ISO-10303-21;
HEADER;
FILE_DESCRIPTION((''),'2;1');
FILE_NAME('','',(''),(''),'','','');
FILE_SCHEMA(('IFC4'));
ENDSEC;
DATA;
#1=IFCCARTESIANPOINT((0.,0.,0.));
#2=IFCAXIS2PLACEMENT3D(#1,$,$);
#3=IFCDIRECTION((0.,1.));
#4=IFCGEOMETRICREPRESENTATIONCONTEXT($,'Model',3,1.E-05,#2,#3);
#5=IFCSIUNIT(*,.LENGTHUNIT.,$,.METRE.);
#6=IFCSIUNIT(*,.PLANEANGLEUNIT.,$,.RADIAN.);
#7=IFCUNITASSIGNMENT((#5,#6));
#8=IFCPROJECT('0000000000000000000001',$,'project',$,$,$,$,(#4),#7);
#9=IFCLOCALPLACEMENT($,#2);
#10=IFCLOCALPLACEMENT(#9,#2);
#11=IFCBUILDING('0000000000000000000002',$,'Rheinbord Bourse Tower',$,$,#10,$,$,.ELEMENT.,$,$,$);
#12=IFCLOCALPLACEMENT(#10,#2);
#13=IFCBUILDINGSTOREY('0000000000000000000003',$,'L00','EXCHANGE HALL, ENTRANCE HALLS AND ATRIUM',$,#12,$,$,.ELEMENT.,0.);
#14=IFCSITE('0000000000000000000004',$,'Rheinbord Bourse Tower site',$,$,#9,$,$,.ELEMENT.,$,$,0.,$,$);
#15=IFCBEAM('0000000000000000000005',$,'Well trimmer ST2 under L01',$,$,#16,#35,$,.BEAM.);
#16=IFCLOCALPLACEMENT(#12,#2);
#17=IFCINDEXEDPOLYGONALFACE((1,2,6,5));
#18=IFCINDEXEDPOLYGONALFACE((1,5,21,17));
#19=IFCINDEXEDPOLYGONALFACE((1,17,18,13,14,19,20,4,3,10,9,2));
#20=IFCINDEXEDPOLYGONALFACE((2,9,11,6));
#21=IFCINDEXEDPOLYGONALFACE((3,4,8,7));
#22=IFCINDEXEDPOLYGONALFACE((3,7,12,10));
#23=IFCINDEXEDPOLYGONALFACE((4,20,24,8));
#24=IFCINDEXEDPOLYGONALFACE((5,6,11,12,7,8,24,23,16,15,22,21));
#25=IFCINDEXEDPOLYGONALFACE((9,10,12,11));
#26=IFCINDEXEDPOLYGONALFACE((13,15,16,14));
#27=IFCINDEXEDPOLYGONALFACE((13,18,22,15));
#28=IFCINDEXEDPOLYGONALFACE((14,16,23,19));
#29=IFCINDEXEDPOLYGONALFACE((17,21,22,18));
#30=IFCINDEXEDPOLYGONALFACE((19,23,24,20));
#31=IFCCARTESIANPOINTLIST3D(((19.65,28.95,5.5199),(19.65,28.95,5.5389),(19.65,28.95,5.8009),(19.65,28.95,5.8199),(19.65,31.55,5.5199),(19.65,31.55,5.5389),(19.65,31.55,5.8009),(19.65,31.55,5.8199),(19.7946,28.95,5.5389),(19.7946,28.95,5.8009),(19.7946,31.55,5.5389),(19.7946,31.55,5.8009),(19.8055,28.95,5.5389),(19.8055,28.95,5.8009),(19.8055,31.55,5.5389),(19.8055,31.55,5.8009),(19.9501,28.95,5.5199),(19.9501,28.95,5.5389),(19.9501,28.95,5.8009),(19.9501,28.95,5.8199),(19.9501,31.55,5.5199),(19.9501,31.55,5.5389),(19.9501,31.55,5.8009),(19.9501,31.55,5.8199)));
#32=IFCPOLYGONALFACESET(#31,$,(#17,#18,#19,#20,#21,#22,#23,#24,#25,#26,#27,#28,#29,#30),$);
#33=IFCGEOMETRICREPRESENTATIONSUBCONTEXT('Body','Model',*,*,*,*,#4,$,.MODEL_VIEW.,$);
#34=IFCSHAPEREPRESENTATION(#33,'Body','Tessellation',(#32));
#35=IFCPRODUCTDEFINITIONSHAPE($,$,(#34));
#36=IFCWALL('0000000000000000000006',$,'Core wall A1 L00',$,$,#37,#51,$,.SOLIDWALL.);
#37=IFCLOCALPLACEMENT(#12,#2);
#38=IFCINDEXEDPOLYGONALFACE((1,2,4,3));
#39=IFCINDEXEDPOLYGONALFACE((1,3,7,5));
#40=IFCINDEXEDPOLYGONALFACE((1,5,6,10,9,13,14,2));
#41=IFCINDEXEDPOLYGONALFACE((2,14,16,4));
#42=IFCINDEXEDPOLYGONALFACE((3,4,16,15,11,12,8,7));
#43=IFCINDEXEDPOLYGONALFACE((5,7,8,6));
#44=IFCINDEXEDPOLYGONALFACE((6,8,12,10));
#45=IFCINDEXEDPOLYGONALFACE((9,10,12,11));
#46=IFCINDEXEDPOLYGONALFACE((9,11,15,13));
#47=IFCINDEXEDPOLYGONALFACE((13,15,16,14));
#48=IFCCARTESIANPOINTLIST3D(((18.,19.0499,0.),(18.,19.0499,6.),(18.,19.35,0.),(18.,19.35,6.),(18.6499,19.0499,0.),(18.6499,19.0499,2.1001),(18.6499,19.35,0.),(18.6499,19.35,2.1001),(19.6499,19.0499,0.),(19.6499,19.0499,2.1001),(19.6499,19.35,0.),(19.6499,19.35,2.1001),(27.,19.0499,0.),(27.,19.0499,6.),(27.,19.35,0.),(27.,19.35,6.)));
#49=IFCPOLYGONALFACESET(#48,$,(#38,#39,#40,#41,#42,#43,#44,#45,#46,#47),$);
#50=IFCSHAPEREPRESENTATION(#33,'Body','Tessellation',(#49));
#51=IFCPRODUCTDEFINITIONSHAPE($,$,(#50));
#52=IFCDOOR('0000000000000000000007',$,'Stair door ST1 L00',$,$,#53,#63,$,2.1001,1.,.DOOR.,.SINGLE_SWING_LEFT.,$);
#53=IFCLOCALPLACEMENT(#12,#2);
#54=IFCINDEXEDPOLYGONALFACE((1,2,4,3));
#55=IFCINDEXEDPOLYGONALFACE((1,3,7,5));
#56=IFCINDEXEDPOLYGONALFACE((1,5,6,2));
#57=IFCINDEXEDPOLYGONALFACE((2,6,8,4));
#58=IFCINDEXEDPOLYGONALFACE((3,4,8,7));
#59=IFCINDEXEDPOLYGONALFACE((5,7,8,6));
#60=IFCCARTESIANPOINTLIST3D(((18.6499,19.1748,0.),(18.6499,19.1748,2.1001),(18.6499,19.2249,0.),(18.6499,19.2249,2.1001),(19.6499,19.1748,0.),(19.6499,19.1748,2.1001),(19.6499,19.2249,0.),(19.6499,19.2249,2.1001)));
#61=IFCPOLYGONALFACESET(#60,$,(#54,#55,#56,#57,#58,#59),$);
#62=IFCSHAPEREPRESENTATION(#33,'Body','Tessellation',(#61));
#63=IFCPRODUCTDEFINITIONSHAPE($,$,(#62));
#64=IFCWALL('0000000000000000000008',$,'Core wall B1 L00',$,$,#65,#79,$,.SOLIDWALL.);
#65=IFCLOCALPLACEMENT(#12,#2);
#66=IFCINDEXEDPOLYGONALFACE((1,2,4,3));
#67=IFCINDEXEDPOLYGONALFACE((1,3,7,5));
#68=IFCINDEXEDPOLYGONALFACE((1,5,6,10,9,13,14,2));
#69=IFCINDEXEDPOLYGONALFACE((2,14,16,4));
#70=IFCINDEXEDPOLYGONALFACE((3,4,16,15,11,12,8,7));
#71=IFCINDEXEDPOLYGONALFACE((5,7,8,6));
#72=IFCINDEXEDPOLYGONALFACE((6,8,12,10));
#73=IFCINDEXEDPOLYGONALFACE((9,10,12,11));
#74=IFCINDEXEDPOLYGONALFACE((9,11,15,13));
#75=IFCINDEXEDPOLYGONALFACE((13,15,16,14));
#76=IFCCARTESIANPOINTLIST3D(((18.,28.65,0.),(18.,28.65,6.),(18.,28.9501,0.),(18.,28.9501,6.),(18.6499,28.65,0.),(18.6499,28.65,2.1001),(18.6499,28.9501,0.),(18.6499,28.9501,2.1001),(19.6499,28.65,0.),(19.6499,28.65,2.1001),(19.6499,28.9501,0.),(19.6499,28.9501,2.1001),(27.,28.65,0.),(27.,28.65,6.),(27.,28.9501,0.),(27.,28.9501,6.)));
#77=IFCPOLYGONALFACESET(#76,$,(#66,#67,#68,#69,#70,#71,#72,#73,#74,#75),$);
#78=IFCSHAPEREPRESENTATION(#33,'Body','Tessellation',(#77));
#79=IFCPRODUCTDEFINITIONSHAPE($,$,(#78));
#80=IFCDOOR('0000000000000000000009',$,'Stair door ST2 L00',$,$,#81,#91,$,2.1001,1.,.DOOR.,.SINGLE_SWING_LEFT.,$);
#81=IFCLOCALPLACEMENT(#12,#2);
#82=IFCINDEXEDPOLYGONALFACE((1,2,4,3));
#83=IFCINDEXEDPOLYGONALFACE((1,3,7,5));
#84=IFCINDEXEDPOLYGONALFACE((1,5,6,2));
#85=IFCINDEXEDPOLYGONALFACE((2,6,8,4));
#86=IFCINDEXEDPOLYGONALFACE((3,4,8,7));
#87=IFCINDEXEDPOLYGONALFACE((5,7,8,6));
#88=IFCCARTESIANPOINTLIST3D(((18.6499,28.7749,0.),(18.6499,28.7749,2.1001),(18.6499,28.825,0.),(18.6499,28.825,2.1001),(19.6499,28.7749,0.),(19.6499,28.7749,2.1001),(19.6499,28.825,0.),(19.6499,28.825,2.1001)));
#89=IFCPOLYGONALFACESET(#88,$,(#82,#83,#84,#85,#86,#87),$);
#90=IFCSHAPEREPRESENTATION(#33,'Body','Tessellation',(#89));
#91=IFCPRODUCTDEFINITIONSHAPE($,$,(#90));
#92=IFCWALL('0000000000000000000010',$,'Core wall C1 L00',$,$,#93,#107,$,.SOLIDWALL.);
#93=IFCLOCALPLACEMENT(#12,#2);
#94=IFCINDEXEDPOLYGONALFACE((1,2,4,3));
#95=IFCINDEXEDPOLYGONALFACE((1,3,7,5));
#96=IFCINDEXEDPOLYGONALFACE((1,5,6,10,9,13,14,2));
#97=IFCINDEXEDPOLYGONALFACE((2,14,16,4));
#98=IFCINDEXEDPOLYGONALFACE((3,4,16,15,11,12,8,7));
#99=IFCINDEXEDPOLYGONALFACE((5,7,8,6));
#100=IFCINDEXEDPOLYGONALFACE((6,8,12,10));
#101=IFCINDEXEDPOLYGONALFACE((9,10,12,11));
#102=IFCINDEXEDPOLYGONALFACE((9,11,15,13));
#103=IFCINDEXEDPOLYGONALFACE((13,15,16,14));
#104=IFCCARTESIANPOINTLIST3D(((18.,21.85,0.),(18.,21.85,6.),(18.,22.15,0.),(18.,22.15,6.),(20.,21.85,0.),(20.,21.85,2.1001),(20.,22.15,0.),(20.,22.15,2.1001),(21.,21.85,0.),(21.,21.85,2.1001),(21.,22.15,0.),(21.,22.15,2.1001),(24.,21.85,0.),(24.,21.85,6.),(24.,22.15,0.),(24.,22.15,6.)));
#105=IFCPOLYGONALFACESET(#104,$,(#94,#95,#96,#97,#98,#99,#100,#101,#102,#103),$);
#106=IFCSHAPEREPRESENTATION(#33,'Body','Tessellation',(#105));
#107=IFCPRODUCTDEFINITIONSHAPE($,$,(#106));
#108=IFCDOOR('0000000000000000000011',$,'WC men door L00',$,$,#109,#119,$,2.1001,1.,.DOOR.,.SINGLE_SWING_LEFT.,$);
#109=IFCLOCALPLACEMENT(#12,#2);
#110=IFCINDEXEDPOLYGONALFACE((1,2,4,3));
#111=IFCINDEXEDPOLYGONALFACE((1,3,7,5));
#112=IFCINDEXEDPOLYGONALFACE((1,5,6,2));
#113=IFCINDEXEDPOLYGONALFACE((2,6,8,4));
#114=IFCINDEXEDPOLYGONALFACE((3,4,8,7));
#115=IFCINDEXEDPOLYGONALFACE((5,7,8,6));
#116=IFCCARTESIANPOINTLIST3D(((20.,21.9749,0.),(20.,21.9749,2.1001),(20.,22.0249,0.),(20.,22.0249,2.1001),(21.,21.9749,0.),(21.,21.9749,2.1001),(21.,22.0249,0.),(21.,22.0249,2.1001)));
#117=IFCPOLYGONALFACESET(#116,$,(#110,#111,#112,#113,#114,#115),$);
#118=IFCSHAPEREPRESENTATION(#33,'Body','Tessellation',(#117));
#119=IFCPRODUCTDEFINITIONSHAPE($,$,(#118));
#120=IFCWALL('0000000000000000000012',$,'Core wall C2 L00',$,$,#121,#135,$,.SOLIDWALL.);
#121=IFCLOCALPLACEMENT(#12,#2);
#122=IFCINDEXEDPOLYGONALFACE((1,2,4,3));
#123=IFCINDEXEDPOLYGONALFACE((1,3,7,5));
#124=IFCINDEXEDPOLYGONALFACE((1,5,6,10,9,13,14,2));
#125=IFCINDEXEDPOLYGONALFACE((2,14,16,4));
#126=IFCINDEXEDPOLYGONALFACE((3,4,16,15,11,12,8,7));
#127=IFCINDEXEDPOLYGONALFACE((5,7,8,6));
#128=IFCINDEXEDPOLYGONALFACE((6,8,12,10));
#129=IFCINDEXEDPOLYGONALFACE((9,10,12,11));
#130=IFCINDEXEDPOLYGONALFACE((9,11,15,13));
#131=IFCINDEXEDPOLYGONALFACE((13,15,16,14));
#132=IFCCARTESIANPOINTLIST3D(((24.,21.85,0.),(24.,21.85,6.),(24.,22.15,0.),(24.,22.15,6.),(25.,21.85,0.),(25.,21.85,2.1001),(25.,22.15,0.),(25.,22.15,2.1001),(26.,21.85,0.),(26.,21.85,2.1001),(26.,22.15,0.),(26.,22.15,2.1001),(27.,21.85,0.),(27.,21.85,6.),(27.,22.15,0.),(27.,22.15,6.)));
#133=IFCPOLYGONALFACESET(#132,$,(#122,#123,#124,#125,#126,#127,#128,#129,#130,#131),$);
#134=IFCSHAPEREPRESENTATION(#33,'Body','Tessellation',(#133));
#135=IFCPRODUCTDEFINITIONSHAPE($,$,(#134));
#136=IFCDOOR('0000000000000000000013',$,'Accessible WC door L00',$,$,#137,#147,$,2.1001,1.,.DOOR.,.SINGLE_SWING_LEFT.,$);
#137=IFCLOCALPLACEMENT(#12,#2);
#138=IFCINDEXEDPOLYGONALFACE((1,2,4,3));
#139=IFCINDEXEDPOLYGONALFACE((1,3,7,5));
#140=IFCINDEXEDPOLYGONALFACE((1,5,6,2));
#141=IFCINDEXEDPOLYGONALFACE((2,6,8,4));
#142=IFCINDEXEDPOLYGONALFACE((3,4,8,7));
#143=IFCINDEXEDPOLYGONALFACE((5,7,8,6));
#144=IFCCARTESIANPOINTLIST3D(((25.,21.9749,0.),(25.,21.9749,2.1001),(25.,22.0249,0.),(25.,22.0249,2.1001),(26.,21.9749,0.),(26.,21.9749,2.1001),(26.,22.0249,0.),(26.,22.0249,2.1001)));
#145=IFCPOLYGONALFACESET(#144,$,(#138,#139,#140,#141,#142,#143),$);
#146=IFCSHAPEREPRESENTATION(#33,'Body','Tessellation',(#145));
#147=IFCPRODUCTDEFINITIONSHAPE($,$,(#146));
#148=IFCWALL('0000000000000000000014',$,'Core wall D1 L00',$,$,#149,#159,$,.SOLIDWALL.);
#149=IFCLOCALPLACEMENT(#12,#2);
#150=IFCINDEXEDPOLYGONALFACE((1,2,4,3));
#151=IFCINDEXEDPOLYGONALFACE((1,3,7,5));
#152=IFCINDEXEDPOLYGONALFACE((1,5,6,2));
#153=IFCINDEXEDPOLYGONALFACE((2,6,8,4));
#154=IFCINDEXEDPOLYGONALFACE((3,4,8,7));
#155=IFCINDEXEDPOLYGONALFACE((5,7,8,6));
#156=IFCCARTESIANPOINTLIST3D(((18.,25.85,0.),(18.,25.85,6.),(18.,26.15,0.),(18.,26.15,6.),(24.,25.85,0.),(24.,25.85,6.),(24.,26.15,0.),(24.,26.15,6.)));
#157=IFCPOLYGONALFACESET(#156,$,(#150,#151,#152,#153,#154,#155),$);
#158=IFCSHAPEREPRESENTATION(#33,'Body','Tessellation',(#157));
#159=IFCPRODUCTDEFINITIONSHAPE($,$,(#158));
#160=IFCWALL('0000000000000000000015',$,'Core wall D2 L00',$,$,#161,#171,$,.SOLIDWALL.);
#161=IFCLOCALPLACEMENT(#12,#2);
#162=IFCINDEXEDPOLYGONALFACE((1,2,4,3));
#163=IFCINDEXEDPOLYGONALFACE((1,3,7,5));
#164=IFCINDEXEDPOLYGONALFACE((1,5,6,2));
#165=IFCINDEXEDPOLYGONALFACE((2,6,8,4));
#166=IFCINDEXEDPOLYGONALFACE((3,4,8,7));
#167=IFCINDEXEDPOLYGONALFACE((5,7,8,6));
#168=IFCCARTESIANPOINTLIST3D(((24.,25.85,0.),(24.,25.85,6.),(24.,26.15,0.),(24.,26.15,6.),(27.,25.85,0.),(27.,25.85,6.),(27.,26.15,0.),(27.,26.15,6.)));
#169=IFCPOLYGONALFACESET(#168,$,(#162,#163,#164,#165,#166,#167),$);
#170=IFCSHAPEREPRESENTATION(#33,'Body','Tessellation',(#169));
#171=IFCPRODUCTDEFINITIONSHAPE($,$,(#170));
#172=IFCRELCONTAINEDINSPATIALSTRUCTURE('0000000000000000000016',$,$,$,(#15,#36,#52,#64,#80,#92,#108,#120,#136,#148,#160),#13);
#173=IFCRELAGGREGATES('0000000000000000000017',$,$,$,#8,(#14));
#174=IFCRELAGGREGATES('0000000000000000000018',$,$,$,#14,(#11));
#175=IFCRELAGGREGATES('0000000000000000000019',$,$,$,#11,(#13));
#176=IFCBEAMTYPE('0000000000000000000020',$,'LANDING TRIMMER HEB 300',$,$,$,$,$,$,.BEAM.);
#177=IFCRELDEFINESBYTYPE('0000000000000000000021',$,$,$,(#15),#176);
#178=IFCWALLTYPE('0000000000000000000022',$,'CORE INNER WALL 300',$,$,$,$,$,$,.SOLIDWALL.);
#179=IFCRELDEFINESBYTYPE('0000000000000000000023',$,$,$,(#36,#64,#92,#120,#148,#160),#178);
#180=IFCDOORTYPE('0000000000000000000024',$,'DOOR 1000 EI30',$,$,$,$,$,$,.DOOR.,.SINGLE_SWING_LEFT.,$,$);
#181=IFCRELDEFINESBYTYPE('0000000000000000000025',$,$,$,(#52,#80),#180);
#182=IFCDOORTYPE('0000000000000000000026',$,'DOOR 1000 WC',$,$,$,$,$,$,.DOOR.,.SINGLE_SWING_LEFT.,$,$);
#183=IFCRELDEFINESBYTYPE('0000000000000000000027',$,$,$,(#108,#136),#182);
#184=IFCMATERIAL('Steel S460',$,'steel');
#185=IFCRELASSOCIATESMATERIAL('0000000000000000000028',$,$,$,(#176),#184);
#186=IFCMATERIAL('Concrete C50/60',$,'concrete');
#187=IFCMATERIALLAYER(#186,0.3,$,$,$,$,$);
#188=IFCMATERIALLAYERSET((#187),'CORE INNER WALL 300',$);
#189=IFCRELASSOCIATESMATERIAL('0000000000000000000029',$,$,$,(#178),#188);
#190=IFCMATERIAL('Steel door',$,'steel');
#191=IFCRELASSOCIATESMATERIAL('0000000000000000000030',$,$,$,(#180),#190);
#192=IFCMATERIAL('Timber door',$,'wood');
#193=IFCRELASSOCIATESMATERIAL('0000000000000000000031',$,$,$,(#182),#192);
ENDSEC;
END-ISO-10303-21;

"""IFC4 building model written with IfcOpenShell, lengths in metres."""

from ifc_helpers import new_model, si_unit, direction, frame, frame_2d, origin, origin_2d, place, context, subcontext, project, spatial, rectangle, i_section, extrude, material, layer, layer_set, material_profile, profile_set, type_object, element, fill, save


model = new_model("IFC4")

# Units and contexts
model_context = context("Model", 3, precision=1e-05, world=origin(), true_north=direction((0.0, 1.0)))
body_context = subcontext(model_context, "Body", "Model", "MODEL_VIEW")
ifc_project = project(units=[si_unit("LENGTHUNIT", "METRE"), si_unit("PLANEANGLEUNIT", "RADIAN")], contexts=[model_context])

# Site, building, storey
site_placement = place(None, origin())
site = spatial("IfcSite", under=ifc_project, at=site_placement, Name="Rheinbord Bourse Tower site", CompositionType="ELEMENT", RefElevation=0.0)
building_placement = place(site_placement, origin())
building = spatial("IfcBuilding", under=site, at=building_placement, Name="Rheinbord Bourse Tower", CompositionType="ELEMENT")
storey_placement = place(building_placement, origin())
storey = spatial("IfcBuildingStorey", under=building, at=storey_placement, Name="L00", Description="EXCHANGE HALL, ENTRANCE HALLS AND ATRIUM", CompositionType="ELEMENT", Elevation=0.0)

# Beam
ifc_material_1 = material(Name="Steel S460", Category="steel")
ifc_material_profile = material_profile(ifc_material_1, i_section(OverallWidth=0.3, OverallDepth=0.3, WebThickness=0.011, FlangeThickness=0.019, at=origin_2d()), Name="HEB 300")
ifc_profile_set = profile_set([ifc_material_profile], Name="Steel S460")
beam_type = type_object("IfcBeamType", Name="LANDING TRIMMER HEB 300", PredefinedType="BEAM", material=ifc_profile_set)
beam_placement = place(storey_placement, frame((19.8, 28.95, 5.6699), z_axis=(0.0, 1.0, 0.0), x_axis=(-1.0, 0.0, 0.0)))
element("IfcBeam", 1, at=beam_placement, inside=storey, type_object=beam_type, Name="Well trimmer ST2 under L01", PredefinedType="BEAM", context=body_context, shape_type="SweptSolid", body=[
    extrude(i_section(OverallWidth=0.3, OverallDepth=0.3, WebThickness=0.011, FlangeThickness=0.019, at=origin_2d()), origin(), (0.0, 0.0, 1.0), 2.6001),
])

# Walls, openings, doors
ifc_material_2 = material(Name="Concrete C50/60", Category="concrete")
ifc_layer_1 = layer(ifc_material_2, 0.3)
ifc_layer_set_1 = layer_set([ifc_layer_1], Name="CORE INNER WALL 300")
wall_type_1 = type_object("IfcWallType", Name="CORE INNER WALL 300", PredefinedType="SOLIDWALL", material=ifc_layer_set_1)
wall_1_placement = place(storey_placement, frame((18.0, 19.2, 0.0), z_axis=(0.0, 0.0, 1.0), x_axis=(1.0, 0.0, 0.0)))
wall_1 = element("IfcWall", 2, at=wall_1_placement, inside=storey, type_object=wall_type_1, Name="Core wall A1 L00", PredefinedType="SOLIDWALL", context=body_context, shape_type="SweptSolid", body=[
    extrude(rectangle(XDim=9.0, YDim=0.3, at=frame_2d((4.5, 0.0))), origin(), (0.0, 0.0, 1.0), 6.0),
])
opening_1_placement = place(wall_1_placement, frame((0.6499, 0.0, 0.0)))
opening_1 = element("IfcOpeningElement", 3, at=opening_1_placement, cuts=wall_1, PredefinedType="OPENING", context=body_context, shape_type="SweptSolid", body=[
    extrude(rectangle(XDim=1.0, YDim=2.1001, at=frame_2d((0.5, 1.05))), frame((0.0, 0.1599, 0.0), z_axis=(0.0, -1.0, 0.0), x_axis=(1.0, 0.0, 0.0)), (0.0, 0.0, 1.0), 0.3201),
])
ifc_material_3 = material(Name="Steel door", Category="steel")
door_type_1 = type_object("IfcDoorType", Name="DOOR 1000 EI30", OperationType="SINGLE_SWING_LEFT", PredefinedType="DOOR", material=ifc_material_3)
door_1_placement = place(opening_1_placement, origin())
door_1 = element("IfcDoor", 4, at=door_1_placement, inside=storey, type_object=door_type_1, Name="Stair door ST1 L00", OperationType="SINGLE_SWING_LEFT", OverallHeight=2.1001, OverallWidth=1.0, PredefinedType="DOOR", context=body_context, shape_type="SweptSolid", body=[
    extrude(rectangle(XDim=1.0, YDim=2.1001, at=frame_2d((0.5, 1.05))), frame((0.0, 0.0249, 0.0), z_axis=(0.0, -1.0, 0.0), x_axis=(1.0, 0.0, 0.0)), (0.0, 0.0, 1.0), 0.05),
])
fill(opening_1, door_1)
wall_2_placement = place(storey_placement, frame((18.0, 28.8, 0.0), z_axis=(0.0, 0.0, 1.0), x_axis=(1.0, 0.0, 0.0)))
wall_2 = element("IfcWall", 5, at=wall_2_placement, inside=storey, type_object=wall_type_1, Name="Core wall B1 L00", PredefinedType="SOLIDWALL", context=body_context, shape_type="SweptSolid", body=[
    extrude(rectangle(XDim=9.0, YDim=0.3, at=frame_2d((4.5, 0.0))), origin(), (0.0, 0.0, 1.0), 6.0),
])
opening_2_placement = place(wall_2_placement, frame((0.6499, 0.0, 0.0)))
opening_2 = element("IfcOpeningElement", 6, at=opening_2_placement, cuts=wall_2, PredefinedType="OPENING", context=body_context, shape_type="SweptSolid", body=[
    extrude(rectangle(XDim=1.0, YDim=2.1001, at=frame_2d((0.5, 1.05))), frame((0.0, 0.1599, 0.0), z_axis=(0.0, -1.0, 0.0), x_axis=(1.0, 0.0, 0.0)), (0.0, 0.0, 1.0), 0.3201),
])
door_2_placement = place(opening_2_placement, origin())
door_2 = element("IfcDoor", 7, at=door_2_placement, inside=storey, type_object=door_type_1, Name="Stair door ST2 L00", OperationType="SINGLE_SWING_LEFT", OverallHeight=2.1001, OverallWidth=1.0, PredefinedType="DOOR", context=body_context, shape_type="SweptSolid", body=[
    extrude(rectangle(XDim=1.0, YDim=2.1001, at=frame_2d((0.5, 1.05))), frame((0.0, 0.0249, 0.0), z_axis=(0.0, -1.0, 0.0), x_axis=(1.0, 0.0, 0.0)), (0.0, 0.0, 1.0), 0.05),
])
fill(opening_2, door_2)
wall_3_placement = place(storey_placement, frame((18.0, 22.0, 0.0), z_axis=(0.0, 0.0, 1.0), x_axis=(1.0, 0.0, 0.0)))
wall_3 = element("IfcWall", 8, at=wall_3_placement, inside=storey, type_object=wall_type_1, Name="Core wall C1 L00", PredefinedType="SOLIDWALL", context=body_context, shape_type="SweptSolid", body=[
    extrude(rectangle(XDim=6.0, YDim=0.3, at=frame_2d((3.0, 0.0))), origin(), (0.0, 0.0, 1.0), 6.0),
])
opening_3_placement = place(wall_3_placement, frame((2.0, 0.0, 0.0)))
opening_3 = element("IfcOpeningElement", 9, at=opening_3_placement, cuts=wall_3, PredefinedType="OPENING", context=body_context, shape_type="SweptSolid", body=[
    extrude(rectangle(XDim=1.0, YDim=2.1001, at=frame_2d((0.5, 1.05))), frame((0.0, 0.1599, 0.0), z_axis=(0.0, -1.0, 0.0), x_axis=(1.0, 0.0, 0.0)), (0.0, 0.0, 1.0), 0.3201),
])
ifc_material_4 = material(Name="Timber door", Category="wood")
door_type_2 = type_object("IfcDoorType", Name="DOOR 1000 WC", OperationType="SINGLE_SWING_LEFT", PredefinedType="DOOR", material=ifc_material_4)
door_3_placement = place(opening_3_placement, origin())
door_3 = element("IfcDoor", 10, at=door_3_placement, inside=storey, type_object=door_type_2, Name="WC men door L00", OperationType="SINGLE_SWING_LEFT", OverallHeight=2.1001, OverallWidth=1.0, PredefinedType="DOOR", context=body_context, shape_type="SweptSolid", body=[
    extrude(rectangle(XDim=1.0, YDim=2.1001, at=frame_2d((0.5, 1.05))), frame((0.0, 0.0249, 0.0), z_axis=(0.0, -1.0, 0.0), x_axis=(1.0, 0.0, 0.0)), (0.0, 0.0, 1.0), 0.05),
])
fill(opening_3, door_3)
wall_4_placement = place(storey_placement, frame((24.0, 22.0, 0.0), z_axis=(0.0, 0.0, 1.0), x_axis=(1.0, 0.0, 0.0)))
wall_4 = element("IfcWall", 11, at=wall_4_placement, inside=storey, type_object=wall_type_1, Name="Core wall C2 L00", PredefinedType="SOLIDWALL", context=body_context, shape_type="SweptSolid", body=[
    extrude(rectangle(XDim=3.0, YDim=0.3, at=frame_2d((1.5, 0.0))), origin(), (0.0, 0.0, 1.0), 6.0),
])
opening_4_placement = place(wall_4_placement, frame((1.0, 0.0, 0.0)))
opening_4 = element("IfcOpeningElement", 12, at=opening_4_placement, cuts=wall_4, PredefinedType="OPENING", context=body_context, shape_type="SweptSolid", body=[
    extrude(rectangle(XDim=1.0, YDim=2.1001, at=frame_2d((0.5, 1.05))), frame((0.0, 0.1599, 0.0), z_axis=(0.0, -1.0, 0.0), x_axis=(1.0, 0.0, 0.0)), (0.0, 0.0, 1.0), 0.3201),
])
door_4_placement = place(opening_4_placement, origin())
door_4 = element("IfcDoor", 13, at=door_4_placement, inside=storey, type_object=door_type_2, Name="Accessible WC door L00", OperationType="SINGLE_SWING_LEFT", OverallHeight=2.1001, OverallWidth=1.0, PredefinedType="DOOR", context=body_context, shape_type="SweptSolid", body=[
    extrude(rectangle(XDim=1.0, YDim=2.1001, at=frame_2d((0.5, 1.05))), frame((0.0, 0.0249, 0.0), z_axis=(0.0, -1.0, 0.0), x_axis=(1.0, 0.0, 0.0)), (0.0, 0.0, 1.0), 0.05),
])
fill(opening_4, door_4)

# Walls
wall_5_placement = place(storey_placement, frame((18.0, 26.0, 0.0), z_axis=(0.0, 0.0, 1.0), x_axis=(1.0, 0.0, 0.0)))
element("IfcWall", 14, at=wall_5_placement, inside=storey, type_object=wall_type_1, Name="Core wall D1 L00", PredefinedType="SOLIDWALL", context=body_context, shape_type="SweptSolid", body=[
    extrude(rectangle(XDim=6.0, YDim=0.3, at=frame_2d((3.0, 0.0))), origin(), (0.0, 0.0, 1.0), 6.0),
])
wall_6_placement = place(storey_placement, frame((24.0, 26.0, 0.0), z_axis=(0.0, 0.0, 1.0), x_axis=(1.0, 0.0, 0.0)))
element("IfcWall", 15, at=wall_6_placement, inside=storey, type_object=wall_type_1, Name="Core wall D2 L00", PredefinedType="SOLIDWALL", context=body_context, shape_type="SweptSolid", body=[
    extrude(rectangle(XDim=3.0, YDim=0.3, at=frame_2d((1.5, 0.0))), origin(), (0.0, 0.0, 1.0), 6.0),
])

save(model, "model.ifc")
